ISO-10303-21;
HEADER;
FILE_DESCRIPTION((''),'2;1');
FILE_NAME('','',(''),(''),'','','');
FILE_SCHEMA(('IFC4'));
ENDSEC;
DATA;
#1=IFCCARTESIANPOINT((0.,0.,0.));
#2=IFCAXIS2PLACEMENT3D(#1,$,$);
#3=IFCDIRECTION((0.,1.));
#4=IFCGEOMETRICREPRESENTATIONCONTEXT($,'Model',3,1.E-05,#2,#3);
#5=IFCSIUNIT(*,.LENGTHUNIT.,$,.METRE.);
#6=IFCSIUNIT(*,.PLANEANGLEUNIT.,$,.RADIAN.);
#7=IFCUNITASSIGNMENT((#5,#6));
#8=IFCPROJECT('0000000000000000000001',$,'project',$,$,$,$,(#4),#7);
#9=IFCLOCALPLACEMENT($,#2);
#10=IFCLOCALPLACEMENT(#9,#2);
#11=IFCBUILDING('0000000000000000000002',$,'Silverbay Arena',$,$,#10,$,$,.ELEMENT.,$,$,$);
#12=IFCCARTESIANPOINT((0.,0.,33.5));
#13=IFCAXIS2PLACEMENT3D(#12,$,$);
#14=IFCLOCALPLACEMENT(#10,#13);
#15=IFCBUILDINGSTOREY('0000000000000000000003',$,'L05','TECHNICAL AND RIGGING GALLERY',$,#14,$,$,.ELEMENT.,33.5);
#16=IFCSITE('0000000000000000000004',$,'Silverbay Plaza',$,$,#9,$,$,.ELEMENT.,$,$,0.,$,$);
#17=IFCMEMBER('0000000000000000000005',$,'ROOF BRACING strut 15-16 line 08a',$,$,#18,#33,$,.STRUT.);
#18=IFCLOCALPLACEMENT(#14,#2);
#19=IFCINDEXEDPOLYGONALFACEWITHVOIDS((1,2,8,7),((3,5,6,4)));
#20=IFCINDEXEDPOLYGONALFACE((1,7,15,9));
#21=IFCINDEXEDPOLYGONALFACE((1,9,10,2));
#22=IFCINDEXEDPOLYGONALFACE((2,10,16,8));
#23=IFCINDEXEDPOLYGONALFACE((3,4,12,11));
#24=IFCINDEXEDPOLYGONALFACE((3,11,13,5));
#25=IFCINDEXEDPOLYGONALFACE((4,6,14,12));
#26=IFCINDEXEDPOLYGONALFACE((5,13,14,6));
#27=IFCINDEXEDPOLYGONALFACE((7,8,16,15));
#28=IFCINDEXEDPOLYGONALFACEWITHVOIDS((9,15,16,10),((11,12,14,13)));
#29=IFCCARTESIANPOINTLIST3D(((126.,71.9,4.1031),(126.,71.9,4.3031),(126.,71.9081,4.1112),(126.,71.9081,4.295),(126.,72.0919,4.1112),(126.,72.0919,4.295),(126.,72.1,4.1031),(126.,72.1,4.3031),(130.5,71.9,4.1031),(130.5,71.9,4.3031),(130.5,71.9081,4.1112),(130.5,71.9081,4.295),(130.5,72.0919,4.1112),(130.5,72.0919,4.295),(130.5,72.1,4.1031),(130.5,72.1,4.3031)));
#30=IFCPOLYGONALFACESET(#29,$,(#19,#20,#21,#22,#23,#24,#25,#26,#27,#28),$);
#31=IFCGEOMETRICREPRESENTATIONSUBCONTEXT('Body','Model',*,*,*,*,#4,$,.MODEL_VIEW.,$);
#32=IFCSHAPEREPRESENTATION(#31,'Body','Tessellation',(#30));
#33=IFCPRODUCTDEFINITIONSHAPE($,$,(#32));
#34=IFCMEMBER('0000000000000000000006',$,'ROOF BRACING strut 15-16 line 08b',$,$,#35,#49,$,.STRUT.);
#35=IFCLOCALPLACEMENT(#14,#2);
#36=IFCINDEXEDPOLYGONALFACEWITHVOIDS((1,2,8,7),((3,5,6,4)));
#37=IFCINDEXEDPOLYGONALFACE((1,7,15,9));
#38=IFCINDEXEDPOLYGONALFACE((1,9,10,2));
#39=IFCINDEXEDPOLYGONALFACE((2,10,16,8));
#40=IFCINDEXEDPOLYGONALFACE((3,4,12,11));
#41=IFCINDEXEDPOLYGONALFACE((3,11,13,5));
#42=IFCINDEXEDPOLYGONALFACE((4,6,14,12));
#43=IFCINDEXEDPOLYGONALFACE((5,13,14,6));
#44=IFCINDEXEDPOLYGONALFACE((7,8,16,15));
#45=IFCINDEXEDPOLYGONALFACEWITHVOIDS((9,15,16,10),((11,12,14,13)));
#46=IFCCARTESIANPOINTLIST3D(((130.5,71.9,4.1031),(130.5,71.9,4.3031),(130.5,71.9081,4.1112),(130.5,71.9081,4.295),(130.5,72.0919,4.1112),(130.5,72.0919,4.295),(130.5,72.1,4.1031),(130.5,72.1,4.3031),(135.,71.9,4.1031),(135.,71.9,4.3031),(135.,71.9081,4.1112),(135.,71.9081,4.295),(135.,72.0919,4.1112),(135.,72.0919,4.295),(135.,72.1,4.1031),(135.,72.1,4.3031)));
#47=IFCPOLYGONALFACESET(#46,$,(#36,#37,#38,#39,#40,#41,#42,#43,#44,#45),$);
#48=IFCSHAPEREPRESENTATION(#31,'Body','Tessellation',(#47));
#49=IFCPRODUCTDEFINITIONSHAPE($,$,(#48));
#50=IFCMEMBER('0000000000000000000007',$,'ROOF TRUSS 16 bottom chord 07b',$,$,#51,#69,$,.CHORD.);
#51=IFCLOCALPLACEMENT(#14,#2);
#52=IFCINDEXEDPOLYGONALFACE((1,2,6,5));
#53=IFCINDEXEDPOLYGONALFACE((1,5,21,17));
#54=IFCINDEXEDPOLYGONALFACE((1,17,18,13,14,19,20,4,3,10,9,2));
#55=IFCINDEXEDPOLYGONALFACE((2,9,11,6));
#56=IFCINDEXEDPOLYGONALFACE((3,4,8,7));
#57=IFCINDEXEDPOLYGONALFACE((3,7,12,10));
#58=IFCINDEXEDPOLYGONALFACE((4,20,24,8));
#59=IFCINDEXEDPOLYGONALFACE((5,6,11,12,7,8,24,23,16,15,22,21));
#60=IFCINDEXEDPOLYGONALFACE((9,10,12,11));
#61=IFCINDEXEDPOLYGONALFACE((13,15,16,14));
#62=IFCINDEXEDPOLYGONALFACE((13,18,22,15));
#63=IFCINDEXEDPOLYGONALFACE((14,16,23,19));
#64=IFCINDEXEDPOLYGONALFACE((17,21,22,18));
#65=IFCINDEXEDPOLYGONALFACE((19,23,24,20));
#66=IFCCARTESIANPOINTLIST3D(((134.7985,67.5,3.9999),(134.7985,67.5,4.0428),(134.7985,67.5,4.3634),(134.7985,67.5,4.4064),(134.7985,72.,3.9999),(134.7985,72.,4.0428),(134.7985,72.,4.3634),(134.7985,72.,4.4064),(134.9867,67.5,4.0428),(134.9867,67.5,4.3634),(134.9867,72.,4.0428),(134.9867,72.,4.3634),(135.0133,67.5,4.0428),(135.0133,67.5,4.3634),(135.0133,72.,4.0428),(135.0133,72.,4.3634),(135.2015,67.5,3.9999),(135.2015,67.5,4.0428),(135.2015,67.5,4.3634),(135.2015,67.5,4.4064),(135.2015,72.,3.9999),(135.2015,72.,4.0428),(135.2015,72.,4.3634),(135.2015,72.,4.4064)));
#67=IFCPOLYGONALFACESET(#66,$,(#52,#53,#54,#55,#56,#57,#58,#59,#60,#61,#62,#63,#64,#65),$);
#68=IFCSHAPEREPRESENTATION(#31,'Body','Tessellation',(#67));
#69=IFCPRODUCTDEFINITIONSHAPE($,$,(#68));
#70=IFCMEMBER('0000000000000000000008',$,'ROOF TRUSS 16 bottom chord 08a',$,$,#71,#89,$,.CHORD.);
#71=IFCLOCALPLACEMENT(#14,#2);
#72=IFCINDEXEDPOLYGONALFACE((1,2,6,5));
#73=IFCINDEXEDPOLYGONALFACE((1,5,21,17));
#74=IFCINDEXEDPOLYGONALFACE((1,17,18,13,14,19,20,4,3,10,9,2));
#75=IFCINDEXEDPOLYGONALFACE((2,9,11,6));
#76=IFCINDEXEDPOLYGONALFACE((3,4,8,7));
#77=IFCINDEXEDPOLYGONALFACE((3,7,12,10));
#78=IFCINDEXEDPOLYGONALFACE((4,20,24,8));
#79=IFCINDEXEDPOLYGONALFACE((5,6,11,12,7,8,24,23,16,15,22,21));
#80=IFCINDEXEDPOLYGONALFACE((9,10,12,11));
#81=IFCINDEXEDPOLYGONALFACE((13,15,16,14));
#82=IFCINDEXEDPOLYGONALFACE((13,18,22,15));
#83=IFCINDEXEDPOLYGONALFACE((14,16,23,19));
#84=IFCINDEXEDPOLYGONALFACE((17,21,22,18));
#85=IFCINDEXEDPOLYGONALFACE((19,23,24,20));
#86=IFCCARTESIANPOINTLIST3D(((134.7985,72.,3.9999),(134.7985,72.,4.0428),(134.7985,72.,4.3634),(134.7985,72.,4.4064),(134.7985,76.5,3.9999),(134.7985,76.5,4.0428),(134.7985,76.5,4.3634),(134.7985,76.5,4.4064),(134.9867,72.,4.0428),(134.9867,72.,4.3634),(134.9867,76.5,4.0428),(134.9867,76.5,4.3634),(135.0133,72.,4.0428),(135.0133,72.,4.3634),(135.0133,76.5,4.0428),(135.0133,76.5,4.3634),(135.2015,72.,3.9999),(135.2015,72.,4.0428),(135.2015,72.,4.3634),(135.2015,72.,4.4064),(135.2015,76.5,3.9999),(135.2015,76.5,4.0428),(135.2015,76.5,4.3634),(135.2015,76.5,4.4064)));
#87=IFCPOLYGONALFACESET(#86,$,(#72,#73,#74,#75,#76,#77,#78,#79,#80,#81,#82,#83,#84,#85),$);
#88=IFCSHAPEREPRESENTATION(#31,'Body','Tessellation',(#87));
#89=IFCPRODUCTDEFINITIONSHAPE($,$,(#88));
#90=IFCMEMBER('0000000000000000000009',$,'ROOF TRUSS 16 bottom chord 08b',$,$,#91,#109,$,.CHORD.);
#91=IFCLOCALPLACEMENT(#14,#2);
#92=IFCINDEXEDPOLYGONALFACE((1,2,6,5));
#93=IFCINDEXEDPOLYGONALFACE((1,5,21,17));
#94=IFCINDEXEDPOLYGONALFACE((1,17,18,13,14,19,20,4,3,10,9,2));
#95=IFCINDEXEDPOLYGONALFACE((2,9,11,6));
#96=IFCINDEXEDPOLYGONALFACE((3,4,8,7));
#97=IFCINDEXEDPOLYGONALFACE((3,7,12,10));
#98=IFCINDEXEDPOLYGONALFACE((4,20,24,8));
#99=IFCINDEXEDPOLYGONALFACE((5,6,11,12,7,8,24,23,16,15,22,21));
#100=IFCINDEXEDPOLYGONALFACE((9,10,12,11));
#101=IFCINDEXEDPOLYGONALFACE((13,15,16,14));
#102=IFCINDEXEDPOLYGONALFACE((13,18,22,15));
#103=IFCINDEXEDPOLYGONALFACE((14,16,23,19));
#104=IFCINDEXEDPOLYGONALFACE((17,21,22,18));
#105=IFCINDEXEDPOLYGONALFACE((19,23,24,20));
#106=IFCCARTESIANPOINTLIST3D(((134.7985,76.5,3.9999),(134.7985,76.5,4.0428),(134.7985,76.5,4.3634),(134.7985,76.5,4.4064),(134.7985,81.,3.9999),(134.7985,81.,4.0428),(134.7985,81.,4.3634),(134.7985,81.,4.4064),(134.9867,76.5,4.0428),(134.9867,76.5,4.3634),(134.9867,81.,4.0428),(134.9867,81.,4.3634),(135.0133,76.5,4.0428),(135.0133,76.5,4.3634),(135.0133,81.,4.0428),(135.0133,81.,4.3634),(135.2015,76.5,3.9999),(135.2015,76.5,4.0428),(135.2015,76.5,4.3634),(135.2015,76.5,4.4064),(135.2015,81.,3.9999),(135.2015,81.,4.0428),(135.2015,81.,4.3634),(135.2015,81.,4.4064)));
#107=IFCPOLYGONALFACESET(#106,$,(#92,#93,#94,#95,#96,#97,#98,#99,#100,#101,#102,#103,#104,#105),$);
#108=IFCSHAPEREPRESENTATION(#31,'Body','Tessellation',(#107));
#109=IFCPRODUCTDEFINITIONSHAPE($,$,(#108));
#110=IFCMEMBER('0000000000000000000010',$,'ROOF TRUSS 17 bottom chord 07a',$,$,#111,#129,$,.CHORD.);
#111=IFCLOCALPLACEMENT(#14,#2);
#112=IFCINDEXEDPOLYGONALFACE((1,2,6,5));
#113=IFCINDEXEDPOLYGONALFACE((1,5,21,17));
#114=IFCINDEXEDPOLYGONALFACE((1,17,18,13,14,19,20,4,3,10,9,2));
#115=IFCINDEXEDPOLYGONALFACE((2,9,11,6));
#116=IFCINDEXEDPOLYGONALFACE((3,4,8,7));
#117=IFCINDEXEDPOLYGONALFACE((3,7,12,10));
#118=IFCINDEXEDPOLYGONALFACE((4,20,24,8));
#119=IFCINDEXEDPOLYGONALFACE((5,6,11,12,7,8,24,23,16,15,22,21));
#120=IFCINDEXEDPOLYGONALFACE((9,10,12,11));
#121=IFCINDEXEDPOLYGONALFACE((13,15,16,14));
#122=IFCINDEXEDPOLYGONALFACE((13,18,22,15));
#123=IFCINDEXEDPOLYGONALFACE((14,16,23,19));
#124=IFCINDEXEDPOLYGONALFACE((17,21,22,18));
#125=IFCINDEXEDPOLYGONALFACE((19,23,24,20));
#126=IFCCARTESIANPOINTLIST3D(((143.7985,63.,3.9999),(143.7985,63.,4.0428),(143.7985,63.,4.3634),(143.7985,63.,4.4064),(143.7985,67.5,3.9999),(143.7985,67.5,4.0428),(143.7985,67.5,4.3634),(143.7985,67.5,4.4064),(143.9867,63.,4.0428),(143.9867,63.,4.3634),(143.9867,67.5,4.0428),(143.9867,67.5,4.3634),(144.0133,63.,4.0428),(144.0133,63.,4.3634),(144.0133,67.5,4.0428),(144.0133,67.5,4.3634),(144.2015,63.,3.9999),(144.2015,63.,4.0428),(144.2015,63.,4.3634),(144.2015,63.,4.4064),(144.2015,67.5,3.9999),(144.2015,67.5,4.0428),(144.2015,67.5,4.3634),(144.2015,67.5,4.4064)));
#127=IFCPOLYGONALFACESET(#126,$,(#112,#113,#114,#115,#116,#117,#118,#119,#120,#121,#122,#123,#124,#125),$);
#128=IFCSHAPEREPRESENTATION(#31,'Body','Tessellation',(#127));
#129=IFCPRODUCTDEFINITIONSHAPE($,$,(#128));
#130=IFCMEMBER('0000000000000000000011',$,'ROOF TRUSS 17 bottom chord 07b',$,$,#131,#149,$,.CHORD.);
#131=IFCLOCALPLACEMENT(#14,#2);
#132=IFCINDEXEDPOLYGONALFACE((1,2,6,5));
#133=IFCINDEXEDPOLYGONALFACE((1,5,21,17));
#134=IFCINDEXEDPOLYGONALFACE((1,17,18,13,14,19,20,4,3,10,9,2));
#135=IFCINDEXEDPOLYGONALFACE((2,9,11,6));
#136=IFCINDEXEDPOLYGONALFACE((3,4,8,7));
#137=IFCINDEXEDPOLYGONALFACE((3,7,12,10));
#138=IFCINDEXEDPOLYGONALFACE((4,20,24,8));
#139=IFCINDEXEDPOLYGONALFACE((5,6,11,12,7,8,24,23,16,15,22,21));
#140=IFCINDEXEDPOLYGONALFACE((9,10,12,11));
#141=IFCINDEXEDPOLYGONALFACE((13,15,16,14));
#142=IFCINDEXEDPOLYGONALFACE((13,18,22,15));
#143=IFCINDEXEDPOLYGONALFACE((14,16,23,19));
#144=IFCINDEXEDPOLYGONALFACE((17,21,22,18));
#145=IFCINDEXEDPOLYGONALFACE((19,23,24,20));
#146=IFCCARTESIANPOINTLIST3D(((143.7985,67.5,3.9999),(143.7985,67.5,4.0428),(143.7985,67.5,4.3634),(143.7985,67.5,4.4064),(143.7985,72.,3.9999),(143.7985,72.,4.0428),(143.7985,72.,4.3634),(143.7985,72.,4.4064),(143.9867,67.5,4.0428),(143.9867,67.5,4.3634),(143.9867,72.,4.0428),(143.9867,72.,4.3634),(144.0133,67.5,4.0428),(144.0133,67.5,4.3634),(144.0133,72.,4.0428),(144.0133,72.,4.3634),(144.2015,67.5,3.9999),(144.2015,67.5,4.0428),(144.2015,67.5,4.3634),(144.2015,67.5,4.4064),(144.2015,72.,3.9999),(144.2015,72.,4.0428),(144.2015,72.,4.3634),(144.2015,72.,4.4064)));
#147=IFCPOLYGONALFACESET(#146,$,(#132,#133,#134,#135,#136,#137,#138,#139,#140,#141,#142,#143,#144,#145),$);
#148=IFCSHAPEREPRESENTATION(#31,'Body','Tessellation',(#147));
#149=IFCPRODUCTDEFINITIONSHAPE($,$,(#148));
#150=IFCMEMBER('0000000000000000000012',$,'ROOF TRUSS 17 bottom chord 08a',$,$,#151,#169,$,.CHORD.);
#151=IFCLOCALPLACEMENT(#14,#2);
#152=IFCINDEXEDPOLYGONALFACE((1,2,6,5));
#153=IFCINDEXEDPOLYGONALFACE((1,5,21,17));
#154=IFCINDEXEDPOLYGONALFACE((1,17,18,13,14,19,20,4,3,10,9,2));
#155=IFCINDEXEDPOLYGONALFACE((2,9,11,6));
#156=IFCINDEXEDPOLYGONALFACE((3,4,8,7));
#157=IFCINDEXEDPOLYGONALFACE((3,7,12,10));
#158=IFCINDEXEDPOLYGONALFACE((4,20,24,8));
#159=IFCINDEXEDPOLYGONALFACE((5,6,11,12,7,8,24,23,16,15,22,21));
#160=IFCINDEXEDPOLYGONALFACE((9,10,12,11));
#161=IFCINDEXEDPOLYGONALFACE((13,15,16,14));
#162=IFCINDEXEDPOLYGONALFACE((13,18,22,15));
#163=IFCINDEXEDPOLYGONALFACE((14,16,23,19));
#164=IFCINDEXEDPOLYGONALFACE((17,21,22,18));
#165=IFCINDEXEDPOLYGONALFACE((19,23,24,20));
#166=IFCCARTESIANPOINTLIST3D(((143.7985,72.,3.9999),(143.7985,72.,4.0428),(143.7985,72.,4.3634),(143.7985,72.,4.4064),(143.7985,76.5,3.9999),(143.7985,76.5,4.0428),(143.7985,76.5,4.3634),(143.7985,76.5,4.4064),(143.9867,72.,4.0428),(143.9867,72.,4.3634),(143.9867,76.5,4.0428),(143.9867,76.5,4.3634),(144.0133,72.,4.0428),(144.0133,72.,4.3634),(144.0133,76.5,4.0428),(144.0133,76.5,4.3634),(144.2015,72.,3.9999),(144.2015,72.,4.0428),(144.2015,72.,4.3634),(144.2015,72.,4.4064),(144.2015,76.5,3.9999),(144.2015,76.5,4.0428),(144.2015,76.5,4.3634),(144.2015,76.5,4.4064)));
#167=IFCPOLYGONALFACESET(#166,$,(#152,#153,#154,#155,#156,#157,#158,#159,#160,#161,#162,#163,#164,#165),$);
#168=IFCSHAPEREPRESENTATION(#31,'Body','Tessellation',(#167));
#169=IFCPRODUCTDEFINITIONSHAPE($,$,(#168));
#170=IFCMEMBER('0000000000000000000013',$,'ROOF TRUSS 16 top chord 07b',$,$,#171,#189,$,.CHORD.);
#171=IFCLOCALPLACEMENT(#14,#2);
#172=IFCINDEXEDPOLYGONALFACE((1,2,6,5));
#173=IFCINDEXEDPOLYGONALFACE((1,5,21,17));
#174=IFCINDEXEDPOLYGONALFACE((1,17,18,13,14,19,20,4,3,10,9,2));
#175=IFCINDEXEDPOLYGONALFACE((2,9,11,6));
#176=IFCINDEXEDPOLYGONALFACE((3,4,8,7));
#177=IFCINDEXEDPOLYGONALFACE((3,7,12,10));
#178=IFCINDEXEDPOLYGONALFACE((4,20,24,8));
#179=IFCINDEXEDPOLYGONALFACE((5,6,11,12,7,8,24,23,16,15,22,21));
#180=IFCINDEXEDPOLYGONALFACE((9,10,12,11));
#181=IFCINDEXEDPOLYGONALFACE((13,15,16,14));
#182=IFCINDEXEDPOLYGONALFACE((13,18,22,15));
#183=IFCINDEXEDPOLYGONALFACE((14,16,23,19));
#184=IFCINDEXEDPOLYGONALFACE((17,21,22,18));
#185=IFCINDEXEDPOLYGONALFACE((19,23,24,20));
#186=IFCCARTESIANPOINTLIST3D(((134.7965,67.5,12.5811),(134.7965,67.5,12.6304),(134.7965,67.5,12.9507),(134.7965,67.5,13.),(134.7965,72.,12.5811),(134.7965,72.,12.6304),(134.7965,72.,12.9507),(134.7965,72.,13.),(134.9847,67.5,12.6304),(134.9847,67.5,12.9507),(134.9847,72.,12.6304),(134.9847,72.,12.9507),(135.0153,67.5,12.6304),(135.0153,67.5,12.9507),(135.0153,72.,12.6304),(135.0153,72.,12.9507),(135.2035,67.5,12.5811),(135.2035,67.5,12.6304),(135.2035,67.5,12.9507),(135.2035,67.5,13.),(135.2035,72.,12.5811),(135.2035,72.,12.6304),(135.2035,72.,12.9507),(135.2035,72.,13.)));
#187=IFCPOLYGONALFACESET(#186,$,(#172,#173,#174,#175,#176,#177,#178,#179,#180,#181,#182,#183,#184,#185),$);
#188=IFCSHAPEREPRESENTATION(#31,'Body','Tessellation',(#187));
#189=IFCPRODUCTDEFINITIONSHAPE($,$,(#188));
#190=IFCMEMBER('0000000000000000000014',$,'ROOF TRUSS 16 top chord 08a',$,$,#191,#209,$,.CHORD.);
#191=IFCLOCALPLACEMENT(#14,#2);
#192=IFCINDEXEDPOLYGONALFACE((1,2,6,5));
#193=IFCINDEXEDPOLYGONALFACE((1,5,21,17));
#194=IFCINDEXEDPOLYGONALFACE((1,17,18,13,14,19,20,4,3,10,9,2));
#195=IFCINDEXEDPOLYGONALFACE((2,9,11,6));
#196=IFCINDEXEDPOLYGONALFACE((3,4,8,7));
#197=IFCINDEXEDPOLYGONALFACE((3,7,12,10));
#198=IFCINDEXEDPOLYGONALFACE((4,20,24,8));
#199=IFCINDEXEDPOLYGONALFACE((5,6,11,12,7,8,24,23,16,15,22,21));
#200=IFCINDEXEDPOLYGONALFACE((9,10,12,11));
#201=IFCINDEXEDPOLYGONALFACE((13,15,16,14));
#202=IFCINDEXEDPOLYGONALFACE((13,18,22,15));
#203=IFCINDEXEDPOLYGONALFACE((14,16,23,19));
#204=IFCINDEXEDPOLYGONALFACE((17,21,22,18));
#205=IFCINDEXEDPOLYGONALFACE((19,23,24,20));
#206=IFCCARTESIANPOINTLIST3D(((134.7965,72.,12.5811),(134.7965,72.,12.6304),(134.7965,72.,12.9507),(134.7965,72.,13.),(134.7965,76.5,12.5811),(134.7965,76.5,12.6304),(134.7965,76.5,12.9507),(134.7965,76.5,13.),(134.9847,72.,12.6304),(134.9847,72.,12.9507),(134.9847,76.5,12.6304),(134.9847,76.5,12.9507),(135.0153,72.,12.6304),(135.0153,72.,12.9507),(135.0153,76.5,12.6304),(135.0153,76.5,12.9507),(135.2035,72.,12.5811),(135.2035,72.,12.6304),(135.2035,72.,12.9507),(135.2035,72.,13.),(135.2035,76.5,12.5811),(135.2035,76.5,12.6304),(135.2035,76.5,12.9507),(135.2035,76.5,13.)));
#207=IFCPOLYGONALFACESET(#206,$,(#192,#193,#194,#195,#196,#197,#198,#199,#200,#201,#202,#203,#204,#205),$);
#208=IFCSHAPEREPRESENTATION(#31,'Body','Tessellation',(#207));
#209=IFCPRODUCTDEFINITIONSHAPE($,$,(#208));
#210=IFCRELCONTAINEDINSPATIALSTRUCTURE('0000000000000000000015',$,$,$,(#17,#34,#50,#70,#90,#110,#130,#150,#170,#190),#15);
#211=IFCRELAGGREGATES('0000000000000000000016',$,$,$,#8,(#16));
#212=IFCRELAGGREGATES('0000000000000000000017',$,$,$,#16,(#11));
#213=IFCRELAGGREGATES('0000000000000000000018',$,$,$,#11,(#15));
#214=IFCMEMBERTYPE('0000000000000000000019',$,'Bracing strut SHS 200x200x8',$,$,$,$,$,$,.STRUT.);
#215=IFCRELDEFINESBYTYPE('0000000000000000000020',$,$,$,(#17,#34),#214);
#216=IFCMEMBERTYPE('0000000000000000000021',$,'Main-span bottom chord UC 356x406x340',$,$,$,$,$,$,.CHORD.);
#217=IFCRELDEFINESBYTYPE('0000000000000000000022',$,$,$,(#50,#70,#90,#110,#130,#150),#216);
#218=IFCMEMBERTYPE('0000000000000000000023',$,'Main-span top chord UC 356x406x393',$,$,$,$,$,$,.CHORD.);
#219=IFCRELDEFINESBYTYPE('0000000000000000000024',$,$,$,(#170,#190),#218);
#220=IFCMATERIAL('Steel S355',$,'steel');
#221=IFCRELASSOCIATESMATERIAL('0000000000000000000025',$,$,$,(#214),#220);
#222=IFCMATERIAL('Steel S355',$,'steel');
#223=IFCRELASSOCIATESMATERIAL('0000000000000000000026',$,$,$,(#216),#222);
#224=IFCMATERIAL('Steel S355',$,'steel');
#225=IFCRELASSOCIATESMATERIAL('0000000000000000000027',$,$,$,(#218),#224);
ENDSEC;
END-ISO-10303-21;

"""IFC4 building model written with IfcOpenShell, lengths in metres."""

from ifc_helpers import new_model, si_unit, direction, frame, origin, origin_2d, place, context, subcontext, project, spatial, hollow_rectangle, i_section, extrude, material, material_profile, profile_set, type_object, element, save


model = new_model("IFC4")

# Units and contexts
model_context = context("Model", 3, precision=1e-05, world=origin(), true_north=direction((0.0, 1.0)))
body_context = subcontext(model_context, "Body", "Model", "MODEL_VIEW")
ifc_project = project(units=[si_unit("LENGTHUNIT", "METRE"), si_unit("PLANEANGLEUNIT", "RADIAN")], contexts=[model_context])

# Site, building, storey
site_placement = place(None, origin())
site = spatial("IfcSite", under=ifc_project, at=site_placement, Name="Silverbay Plaza", CompositionType="ELEMENT", RefElevation=0.0)
building_placement = place(site_placement, origin())
building = spatial("IfcBuilding", under=site, at=building_placement, Name="Silverbay Arena", CompositionType="ELEMENT")
storey_placement = place(building_placement, frame((0.0, 0.0, 33.5)))
storey = spatial("IfcBuildingStorey", under=building, at=storey_placement, Name="L05", Description="TECHNICAL AND RIGGING GALLERY", CompositionType="ELEMENT", Elevation=33.5)

# Members
ifc_material_1 = material(Name="Steel S355", Category="steel")
ifc_material_profile_1 = material_profile(ifc_material_1, hollow_rectangle(XDim=0.2, YDim=0.2, WallThickness=0.0081, at=origin_2d()), Name="SHS 200x200x8")
ifc_profile_set_1 = profile_set([ifc_material_profile_1], Name="Steel S355")
member_type_1 = type_object("IfcMemberType", Name="Bracing strut SHS 200x200x8", PredefinedType="STRUT", material=ifc_profile_set_1)
for number, where, z_axis, x_axis, name in (
    (1, (126.0, 72.0, 4.2031), (1.0, 0.0, 0.0), (0.0, 1.0, 0.0), "ROOF BRACING strut 15-16 line 08a"),
    (2, (130.5, 72.0, 4.2031), (1.0, 0.0, 0.0), (0.0, 1.0, 0.0), "ROOF BRACING strut 15-16 line 08b"),
):
    element("IfcMember", number, at=place(storey_placement, frame(where, z_axis=z_axis, x_axis=x_axis)), inside=storey, type_object=member_type_1, Name=name, PredefinedType="STRUT", context=body_context, shape_type="SweptSolid", body=[
        extrude(hollow_rectangle(XDim=0.2, YDim=0.2, WallThickness=0.0081, at=origin_2d()), origin(), (0.0, 0.0, 1.0), 4.5),
    ])
ifc_material_2 = material(Name="Steel S355", Category="steel")
ifc_material_profile_2 = material_profile(ifc_material_2, i_section(OverallWidth=0.4031, OverallDepth=0.4065, WebThickness=0.0266, FlangeThickness=0.043, at=origin_2d()), Name="UC 356x406x340")
ifc_profile_set_2 = profile_set([ifc_material_profile_2], Name="Steel S355")
member_type_2 = type_object("IfcMemberType", Name="Main-span bottom chord UC 356x406x340", PredefinedType="CHORD", material=ifc_profile_set_2)
for number, where, z_axis, x_axis, name in (
    (3, (135.0, 67.5, 4.2031), (0.0, 1.0, 0.0), (-1.0, 0.0, 0.0), "ROOF TRUSS 16 bottom chord 07b"),
    (4, (135.0, 72.0, 4.2031), (0.0, 1.0, 0.0), (-1.0, 0.0, 0.0), "ROOF TRUSS 16 bottom chord 08a"),
    (5, (135.0, 76.5, 4.2031), (0.0, 1.0, 0.0), (-1.0, 0.0, 0.0), "ROOF TRUSS 16 bottom chord 08b"),
    (6, (144.0, 63.0, 4.2031), (0.0, 1.0, 0.0), (-1.0, 0.0, 0.0), "ROOF TRUSS 17 bottom chord 07a"),
    (7, (144.0, 67.5, 4.2031), (0.0, 1.0, 0.0), (-1.0, 0.0, 0.0), "ROOF TRUSS 17 bottom chord 07b"),
    (8, (144.0, 72.0, 4.2031), (0.0, 1.0, 0.0), (-1.0, 0.0, 0.0), "ROOF TRUSS 17 bottom chord 08a"),
):
    element("IfcMember", number, at=place(storey_placement, frame(where, z_axis=z_axis, x_axis=x_axis)), inside=storey, type_object=member_type_2, Name=name, PredefinedType="CHORD", context=body_context, shape_type="SweptSolid", body=[
        extrude(i_section(OverallWidth=0.4031, OverallDepth=0.4065, WebThickness=0.0266, FlangeThickness=0.043, at=origin_2d()), origin(), (0.0, 0.0, 1.0), 4.5),
    ])
ifc_material_3 = material(Name="Steel S355", Category="steel")
ifc_material_profile_3 = material_profile(ifc_material_3, i_section(OverallWidth=0.407, OverallDepth=0.4189, WebThickness=0.0305, FlangeThickness=0.0493, at=origin_2d()), Name="UC 356x406x393")
ifc_profile_set_3 = profile_set([ifc_material_profile_3], Name="Steel S355")
member_type_3 = type_object("IfcMemberType", Name="Main-span top chord UC 356x406x393", PredefinedType="CHORD", material=ifc_profile_set_3)
for number, where, z_axis, x_axis, name in (
    (9, (135.0, 67.5, 12.7905), (0.0, 1.0, 0.0), (-1.0, 0.0, 0.0), "ROOF TRUSS 16 top chord 07b"),
    (10, (135.0, 72.0, 12.7905), (0.0, 1.0, 0.0), (-1.0, 0.0, 0.0), "ROOF TRUSS 16 top chord 08a"),
):
    element("IfcMember", number, at=place(storey_placement, frame(where, z_axis=z_axis, x_axis=x_axis)), inside=storey, type_object=member_type_3, Name=name, PredefinedType="CHORD", context=body_context, shape_type="SweptSolid", body=[
        extrude(i_section(OverallWidth=0.407, OverallDepth=0.4189, WebThickness=0.0305, FlangeThickness=0.0493, at=origin_2d()), origin(), (0.0, 0.0, 1.0), 4.5),
    ])

save(model, "model.ifc")
